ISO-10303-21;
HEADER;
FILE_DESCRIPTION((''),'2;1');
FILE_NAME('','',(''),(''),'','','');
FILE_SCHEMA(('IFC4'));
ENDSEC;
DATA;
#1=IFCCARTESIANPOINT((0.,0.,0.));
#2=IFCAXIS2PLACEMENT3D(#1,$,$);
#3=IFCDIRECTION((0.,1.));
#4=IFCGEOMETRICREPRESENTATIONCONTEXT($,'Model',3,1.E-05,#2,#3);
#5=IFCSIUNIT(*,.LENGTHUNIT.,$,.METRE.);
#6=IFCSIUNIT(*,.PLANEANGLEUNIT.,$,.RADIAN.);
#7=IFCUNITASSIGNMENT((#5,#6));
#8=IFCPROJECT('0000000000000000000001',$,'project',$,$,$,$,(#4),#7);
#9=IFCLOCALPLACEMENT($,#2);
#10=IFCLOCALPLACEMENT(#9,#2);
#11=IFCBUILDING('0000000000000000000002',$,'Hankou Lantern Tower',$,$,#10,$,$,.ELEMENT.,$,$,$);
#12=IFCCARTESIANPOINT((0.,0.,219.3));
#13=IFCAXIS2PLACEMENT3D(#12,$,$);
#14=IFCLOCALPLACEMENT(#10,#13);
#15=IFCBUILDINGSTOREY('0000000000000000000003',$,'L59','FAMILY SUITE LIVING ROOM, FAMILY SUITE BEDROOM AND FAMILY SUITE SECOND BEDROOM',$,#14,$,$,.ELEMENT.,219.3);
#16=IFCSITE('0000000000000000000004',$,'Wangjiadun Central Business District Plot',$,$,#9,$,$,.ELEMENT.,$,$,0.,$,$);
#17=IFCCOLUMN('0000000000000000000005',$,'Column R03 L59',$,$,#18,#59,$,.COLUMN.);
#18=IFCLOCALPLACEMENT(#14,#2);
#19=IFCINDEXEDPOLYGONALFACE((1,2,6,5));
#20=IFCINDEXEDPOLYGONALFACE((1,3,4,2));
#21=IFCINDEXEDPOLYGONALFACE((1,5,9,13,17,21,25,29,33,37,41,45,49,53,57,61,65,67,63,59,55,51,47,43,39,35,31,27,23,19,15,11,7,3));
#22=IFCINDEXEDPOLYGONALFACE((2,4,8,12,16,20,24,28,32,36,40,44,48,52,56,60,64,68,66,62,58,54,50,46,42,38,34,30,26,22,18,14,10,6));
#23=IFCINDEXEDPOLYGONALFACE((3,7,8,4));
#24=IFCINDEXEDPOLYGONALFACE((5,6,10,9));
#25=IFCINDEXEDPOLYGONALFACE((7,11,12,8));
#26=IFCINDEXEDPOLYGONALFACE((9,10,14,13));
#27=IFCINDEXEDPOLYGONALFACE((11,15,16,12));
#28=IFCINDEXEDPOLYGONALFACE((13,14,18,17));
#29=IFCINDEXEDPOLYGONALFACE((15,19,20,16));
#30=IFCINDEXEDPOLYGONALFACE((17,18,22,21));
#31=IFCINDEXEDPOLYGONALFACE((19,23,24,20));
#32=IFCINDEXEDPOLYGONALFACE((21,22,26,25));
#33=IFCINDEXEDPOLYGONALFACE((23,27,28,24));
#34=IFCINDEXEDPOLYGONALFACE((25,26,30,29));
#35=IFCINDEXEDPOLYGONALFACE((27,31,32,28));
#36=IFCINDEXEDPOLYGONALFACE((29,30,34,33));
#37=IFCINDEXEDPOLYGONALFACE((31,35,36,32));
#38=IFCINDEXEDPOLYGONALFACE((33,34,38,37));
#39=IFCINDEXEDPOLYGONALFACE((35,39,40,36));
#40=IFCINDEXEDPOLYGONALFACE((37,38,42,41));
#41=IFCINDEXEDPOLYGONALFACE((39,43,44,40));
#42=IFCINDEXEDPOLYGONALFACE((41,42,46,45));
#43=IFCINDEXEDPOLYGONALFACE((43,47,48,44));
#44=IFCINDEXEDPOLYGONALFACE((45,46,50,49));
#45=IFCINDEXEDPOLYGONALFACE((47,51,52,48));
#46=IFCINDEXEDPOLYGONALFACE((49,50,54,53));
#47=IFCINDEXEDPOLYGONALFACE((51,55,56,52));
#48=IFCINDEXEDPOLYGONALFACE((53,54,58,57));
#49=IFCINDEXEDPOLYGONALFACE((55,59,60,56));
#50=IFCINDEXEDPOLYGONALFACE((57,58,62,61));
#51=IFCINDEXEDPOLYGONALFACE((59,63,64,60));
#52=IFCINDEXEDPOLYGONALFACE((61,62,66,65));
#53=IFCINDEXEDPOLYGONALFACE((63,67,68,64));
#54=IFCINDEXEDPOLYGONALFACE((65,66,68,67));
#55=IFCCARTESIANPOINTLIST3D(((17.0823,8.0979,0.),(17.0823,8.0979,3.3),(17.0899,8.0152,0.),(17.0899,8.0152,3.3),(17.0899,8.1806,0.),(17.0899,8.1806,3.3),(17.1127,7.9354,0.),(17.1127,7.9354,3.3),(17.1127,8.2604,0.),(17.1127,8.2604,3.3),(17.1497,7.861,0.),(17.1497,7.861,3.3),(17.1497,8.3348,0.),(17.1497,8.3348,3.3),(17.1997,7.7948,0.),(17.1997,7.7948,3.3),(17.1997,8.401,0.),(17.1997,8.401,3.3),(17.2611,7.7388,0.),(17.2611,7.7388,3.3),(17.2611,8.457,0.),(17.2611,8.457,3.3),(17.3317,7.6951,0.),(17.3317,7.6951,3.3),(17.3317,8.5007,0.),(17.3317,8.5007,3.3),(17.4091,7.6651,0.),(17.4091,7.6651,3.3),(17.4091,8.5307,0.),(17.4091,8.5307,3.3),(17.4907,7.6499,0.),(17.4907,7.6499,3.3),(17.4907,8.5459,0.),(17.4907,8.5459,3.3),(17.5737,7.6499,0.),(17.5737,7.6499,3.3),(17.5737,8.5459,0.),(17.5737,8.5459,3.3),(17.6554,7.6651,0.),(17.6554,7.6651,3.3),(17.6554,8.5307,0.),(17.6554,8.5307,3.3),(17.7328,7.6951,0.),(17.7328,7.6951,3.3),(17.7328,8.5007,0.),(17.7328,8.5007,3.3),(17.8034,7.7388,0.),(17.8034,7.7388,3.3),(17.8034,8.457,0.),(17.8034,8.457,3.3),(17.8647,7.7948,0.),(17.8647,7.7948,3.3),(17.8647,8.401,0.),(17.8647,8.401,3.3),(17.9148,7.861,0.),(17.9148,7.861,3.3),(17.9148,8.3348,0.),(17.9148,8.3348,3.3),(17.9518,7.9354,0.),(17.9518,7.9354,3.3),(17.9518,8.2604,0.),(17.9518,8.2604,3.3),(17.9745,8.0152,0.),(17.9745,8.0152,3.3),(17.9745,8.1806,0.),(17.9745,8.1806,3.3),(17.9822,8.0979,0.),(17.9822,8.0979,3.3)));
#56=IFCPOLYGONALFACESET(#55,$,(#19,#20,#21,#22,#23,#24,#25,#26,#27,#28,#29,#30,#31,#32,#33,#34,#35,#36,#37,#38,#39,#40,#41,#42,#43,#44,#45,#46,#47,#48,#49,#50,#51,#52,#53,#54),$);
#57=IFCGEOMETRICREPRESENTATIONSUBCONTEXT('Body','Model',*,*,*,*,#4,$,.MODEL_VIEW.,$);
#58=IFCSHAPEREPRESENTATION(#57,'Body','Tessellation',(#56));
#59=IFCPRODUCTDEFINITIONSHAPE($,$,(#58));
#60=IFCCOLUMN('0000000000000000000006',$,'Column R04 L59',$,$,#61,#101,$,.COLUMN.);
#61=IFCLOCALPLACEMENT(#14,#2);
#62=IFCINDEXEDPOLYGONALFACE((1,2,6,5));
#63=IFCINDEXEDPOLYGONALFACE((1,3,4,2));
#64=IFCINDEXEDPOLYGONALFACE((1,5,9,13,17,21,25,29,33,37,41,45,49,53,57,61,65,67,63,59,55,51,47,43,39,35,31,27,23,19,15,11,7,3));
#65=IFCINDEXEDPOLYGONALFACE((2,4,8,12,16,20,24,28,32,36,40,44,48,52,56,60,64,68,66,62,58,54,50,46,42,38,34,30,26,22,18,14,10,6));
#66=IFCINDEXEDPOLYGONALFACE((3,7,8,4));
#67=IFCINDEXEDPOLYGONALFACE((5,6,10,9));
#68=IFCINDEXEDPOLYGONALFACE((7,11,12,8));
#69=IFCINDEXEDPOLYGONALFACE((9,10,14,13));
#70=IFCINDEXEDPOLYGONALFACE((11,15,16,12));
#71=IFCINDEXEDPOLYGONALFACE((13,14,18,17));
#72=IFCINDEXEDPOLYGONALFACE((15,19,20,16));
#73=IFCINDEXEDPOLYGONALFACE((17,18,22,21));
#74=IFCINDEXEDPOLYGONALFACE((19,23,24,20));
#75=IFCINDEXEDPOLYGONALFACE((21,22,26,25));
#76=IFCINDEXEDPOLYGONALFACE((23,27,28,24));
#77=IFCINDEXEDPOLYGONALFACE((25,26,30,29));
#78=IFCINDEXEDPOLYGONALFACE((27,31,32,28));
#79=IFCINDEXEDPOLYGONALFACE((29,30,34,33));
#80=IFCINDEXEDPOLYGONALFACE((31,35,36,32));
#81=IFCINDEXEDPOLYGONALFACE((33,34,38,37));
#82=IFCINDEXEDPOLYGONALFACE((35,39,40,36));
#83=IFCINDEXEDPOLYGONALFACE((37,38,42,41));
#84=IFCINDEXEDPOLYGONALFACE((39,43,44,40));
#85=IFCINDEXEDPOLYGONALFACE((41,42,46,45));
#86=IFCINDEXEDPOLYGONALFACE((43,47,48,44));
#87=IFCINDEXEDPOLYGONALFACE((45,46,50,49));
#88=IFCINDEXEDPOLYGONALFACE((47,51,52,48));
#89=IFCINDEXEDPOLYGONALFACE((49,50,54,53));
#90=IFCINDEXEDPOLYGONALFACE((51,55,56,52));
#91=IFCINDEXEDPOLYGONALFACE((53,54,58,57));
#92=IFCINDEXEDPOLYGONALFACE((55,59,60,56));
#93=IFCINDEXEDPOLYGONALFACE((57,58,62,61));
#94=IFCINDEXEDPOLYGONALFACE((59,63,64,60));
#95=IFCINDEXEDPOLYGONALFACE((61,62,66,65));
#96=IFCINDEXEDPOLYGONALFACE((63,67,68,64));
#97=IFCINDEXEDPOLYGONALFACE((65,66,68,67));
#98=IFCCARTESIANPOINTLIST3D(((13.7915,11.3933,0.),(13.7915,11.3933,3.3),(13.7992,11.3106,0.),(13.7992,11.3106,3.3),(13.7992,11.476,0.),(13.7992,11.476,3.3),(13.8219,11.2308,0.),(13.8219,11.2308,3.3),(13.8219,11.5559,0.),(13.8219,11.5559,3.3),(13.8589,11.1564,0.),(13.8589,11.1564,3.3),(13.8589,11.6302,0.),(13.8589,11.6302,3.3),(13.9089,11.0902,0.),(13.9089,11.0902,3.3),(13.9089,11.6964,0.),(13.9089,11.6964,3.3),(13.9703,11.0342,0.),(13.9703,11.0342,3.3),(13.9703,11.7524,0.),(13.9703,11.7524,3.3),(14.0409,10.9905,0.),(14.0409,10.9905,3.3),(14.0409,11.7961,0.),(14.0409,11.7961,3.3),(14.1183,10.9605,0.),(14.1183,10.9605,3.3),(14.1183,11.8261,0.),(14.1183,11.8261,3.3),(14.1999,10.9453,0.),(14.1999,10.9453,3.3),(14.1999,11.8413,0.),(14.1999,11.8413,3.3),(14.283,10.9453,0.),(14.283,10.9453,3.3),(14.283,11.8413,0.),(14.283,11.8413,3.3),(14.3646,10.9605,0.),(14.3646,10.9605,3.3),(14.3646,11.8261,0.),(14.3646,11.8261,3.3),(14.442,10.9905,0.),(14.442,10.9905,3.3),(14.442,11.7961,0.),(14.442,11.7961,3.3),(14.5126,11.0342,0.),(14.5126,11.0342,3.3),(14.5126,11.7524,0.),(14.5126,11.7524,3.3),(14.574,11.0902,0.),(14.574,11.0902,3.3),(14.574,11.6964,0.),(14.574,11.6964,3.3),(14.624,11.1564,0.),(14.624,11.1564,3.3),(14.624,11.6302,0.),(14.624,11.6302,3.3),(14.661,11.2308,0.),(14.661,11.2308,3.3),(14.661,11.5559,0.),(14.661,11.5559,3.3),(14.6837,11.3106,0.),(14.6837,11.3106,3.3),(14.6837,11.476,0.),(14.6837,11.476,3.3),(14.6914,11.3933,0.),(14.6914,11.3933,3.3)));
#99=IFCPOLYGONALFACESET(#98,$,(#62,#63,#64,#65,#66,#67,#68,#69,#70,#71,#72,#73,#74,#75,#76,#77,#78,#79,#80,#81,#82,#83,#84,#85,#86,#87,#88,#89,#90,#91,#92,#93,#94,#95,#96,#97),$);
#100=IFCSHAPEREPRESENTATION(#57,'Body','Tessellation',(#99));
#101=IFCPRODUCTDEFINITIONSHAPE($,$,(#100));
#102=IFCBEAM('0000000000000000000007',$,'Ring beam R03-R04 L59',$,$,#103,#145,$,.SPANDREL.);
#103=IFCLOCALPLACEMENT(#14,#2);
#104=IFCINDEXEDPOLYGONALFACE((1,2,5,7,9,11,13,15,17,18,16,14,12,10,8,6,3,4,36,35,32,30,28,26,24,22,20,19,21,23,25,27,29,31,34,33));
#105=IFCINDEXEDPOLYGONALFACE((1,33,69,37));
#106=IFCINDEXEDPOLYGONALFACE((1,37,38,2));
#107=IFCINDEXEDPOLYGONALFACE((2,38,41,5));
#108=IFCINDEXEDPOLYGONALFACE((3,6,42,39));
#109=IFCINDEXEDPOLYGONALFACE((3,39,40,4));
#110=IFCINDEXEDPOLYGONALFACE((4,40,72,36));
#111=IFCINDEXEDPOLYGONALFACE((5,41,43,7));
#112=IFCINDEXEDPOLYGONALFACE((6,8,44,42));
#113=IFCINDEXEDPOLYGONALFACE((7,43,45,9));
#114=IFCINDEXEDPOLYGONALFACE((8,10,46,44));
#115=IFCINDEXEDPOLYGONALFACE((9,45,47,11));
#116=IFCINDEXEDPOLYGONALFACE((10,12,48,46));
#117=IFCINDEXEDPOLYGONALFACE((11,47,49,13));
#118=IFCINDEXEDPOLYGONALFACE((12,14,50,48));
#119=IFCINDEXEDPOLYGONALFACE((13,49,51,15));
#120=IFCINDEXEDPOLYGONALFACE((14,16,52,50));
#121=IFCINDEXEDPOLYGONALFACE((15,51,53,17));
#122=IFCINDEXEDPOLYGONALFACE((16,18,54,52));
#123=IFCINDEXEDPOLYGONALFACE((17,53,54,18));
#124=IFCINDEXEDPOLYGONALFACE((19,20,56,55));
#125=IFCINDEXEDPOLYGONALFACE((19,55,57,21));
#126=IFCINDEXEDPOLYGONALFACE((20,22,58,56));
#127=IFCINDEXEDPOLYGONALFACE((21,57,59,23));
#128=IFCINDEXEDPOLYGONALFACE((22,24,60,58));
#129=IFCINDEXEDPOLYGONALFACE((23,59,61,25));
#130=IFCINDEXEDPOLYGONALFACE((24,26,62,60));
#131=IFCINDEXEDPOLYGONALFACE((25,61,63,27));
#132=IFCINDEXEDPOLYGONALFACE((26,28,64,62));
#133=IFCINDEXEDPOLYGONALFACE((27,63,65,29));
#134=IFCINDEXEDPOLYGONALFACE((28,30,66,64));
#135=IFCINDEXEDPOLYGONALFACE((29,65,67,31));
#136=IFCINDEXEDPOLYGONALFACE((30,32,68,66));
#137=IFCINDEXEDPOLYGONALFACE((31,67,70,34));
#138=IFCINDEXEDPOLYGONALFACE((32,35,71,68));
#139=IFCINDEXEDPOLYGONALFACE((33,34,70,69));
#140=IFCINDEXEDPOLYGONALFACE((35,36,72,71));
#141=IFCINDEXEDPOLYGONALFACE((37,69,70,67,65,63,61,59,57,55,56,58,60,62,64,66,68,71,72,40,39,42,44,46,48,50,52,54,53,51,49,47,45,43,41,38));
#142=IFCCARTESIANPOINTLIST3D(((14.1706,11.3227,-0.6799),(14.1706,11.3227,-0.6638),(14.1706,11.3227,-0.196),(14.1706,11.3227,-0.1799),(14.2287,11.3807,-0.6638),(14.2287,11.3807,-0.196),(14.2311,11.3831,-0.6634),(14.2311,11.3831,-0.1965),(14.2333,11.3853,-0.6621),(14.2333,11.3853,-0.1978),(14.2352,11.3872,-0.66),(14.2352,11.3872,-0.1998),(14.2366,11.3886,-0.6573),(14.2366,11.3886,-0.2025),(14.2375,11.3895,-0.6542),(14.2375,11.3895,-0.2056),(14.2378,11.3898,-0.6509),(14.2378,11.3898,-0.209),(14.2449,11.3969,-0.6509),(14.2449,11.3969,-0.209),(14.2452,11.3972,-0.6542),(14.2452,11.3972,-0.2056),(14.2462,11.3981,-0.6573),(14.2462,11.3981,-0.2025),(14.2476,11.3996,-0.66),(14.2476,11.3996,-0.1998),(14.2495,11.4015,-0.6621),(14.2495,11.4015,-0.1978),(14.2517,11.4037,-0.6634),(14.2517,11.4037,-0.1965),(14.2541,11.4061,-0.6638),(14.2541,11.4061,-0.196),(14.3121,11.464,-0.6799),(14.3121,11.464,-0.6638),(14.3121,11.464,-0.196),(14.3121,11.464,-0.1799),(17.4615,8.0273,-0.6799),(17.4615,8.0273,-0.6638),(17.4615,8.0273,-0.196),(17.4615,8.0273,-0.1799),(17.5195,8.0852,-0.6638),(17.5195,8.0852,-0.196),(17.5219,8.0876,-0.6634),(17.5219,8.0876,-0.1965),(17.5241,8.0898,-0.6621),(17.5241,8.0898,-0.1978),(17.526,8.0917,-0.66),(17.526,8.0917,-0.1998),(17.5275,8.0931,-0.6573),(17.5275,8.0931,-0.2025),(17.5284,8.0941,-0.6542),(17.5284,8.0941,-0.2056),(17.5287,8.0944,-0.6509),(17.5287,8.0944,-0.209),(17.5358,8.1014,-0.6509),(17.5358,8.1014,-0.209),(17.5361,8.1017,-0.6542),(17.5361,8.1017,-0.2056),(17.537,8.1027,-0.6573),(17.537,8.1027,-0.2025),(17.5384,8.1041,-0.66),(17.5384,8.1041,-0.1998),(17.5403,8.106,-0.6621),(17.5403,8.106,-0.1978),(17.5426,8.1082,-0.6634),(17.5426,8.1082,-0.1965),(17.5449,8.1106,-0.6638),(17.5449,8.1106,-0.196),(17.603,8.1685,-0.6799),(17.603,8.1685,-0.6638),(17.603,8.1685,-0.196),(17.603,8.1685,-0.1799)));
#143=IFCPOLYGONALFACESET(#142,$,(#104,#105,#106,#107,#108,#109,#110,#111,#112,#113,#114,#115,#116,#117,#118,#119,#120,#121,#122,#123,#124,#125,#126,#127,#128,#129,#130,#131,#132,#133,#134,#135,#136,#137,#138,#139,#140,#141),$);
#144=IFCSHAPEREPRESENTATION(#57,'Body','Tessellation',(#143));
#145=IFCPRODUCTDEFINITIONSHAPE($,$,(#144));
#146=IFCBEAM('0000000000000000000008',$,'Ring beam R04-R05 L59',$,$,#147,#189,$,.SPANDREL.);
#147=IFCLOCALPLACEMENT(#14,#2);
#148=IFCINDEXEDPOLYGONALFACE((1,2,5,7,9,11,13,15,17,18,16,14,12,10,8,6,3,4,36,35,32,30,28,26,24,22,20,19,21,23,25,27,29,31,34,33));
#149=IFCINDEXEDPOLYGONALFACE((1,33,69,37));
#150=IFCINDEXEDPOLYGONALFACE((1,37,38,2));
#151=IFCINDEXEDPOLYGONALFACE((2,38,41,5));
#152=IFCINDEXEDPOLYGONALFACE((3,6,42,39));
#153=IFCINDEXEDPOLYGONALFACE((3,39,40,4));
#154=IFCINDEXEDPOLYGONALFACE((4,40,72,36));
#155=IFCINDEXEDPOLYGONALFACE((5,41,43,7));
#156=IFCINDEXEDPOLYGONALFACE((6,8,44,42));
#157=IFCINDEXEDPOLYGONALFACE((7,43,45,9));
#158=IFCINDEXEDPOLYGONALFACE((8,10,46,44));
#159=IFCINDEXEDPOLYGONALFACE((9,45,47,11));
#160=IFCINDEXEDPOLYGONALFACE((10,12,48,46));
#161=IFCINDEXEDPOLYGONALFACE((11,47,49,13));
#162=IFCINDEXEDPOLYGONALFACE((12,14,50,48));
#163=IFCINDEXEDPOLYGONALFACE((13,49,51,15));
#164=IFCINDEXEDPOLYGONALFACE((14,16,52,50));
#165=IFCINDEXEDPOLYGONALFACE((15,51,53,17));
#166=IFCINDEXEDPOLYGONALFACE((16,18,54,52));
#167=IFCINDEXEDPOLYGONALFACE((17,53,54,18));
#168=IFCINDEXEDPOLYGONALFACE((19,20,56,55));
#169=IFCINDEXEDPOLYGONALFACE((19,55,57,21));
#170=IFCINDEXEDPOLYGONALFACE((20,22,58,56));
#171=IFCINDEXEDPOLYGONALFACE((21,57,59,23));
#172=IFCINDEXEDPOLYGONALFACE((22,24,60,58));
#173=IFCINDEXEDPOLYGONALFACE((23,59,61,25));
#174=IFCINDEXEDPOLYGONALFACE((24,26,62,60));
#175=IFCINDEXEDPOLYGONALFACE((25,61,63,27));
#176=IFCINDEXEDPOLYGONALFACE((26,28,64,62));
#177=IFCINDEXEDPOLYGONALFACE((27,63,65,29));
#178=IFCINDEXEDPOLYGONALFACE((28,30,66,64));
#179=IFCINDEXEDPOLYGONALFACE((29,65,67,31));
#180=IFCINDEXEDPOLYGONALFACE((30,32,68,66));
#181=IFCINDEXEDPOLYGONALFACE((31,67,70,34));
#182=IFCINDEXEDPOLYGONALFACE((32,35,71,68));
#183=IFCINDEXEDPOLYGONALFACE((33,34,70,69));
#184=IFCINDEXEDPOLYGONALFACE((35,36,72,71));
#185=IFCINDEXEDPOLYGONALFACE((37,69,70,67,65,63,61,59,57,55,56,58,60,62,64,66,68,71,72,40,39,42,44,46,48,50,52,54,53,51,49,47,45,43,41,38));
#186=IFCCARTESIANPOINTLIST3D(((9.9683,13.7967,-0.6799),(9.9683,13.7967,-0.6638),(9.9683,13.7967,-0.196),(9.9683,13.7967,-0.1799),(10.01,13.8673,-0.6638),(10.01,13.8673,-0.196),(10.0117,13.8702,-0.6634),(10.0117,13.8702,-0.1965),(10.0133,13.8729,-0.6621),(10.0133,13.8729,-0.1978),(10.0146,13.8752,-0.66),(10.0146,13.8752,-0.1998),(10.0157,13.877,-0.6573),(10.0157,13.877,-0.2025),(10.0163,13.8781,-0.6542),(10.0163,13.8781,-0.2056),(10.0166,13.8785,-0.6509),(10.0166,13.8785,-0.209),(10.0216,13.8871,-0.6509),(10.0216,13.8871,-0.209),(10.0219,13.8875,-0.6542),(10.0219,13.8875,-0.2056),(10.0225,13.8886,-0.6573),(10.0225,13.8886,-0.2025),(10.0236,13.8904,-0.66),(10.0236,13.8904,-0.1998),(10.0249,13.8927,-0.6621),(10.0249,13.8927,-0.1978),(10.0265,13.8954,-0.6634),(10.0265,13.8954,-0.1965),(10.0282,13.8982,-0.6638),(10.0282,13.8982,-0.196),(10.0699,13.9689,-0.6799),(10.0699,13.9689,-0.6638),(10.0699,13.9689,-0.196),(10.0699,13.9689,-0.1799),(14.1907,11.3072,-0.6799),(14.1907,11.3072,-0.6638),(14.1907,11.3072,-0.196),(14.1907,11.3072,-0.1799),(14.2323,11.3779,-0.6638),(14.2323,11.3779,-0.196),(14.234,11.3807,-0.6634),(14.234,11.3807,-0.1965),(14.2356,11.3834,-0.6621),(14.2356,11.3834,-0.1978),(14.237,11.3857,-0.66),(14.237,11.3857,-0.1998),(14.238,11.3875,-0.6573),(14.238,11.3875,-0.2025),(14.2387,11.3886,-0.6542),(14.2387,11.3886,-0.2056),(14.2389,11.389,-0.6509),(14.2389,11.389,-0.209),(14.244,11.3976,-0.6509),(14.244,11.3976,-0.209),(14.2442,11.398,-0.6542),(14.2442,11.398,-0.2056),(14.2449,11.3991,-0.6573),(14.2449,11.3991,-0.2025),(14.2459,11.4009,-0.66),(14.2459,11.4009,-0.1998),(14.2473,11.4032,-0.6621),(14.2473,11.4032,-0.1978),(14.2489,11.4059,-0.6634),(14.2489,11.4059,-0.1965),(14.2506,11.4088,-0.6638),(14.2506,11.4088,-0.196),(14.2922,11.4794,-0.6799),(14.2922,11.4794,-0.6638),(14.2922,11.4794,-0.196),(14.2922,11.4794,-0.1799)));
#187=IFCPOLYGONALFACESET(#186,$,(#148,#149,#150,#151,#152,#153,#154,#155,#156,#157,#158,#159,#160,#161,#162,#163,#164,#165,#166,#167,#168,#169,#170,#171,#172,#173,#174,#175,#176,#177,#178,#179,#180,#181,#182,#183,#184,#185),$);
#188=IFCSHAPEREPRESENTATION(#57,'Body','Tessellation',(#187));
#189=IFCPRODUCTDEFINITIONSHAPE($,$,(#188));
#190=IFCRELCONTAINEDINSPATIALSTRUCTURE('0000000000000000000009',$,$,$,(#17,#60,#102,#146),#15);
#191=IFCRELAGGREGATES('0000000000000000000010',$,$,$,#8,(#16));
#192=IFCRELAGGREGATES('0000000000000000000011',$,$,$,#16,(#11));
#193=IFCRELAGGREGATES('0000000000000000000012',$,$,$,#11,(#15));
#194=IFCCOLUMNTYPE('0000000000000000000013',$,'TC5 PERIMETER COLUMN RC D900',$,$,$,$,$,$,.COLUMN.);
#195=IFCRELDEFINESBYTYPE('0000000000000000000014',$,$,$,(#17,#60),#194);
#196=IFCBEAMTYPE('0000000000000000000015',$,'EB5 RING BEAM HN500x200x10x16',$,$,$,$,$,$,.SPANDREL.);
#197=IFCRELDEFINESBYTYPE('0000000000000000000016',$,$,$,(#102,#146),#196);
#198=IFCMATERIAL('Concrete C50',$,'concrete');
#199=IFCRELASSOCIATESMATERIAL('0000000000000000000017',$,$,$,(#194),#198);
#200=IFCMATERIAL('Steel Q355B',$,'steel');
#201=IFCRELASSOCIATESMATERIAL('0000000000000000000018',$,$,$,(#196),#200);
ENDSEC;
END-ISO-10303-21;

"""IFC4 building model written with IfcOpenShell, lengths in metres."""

from ifc_helpers import new_model, si_unit, direction, frame, origin, origin_2d, place, context, subcontext, project, spatial, circle, i_section, extrude, material, material_profile, profile_set, type_object, element, save


model = new_model("IFC4")

# Units and contexts
model_context = context("Model", 3, precision=1e-05, world=origin(), true_north=direction((0.0, 1.0)))
body_context = subcontext(model_context, "Body", "Model", "MODEL_VIEW")
ifc_project = project(units=[si_unit("LENGTHUNIT", "METRE"), si_unit("PLANEANGLEUNIT", "RADIAN")], contexts=[model_context])

# Site, building, storey
site_placement = place(None, origin())
site = spatial("IfcSite", under=ifc_project, at=site_placement, Name="Wangjiadun Central Business District Plot", CompositionType="ELEMENT", RefElevation=0.0)
building_placement = place(site_placement, origin())
building = spatial("IfcBuilding", under=site, at=building_placement, Name="Hankou Lantern Tower", CompositionType="ELEMENT")
storey_placement = place(building_placement, frame((0.0, 0.0, 219.3)))
storey = spatial("IfcBuildingStorey", under=building, at=storey_placement, Name="L59", Description="FAMILY SUITE LIVING ROOM, FAMILY SUITE BEDROOM AND FAMILY SUITE SECOND BEDROOM", CompositionType="ELEMENT", Elevation=219.3)

# Columns
ifc_material_1 = material(Name="Concrete C50", Category="concrete")
ifc_material_profile_1 = material_profile(ifc_material_1, circle(Radius=0.45, at=origin_2d()), Name="RC D900")
ifc_profile_set_1 = profile_set([ifc_material_profile_1], Name="Concrete C50")
column_type = type_object("IfcColumnType", Name="TC5 PERIMETER COLUMN RC D900", PredefinedType="COLUMN", material=ifc_profile_set_1)
for number, where, z_axis, x_axis, name in (
    (1, (17.5322, 8.0979, 0.0), (0.0, 0.0, 1.0), (1.0, 0.0, 0.0), "Column R03 L59"),
    (2, (14.2415, 11.3933, 0.0), (0.0, 0.0, 1.0), (1.0, 0.0, 0.0), "Column R04 L59"),
):
    element("IfcColumn", number, at=place(storey_placement, frame(where, z_axis=z_axis, x_axis=x_axis)), inside=storey, type_object=column_type, Name=name, PredefinedType="COLUMN", context=body_context, shape_type="SweptSolid", body=[
        extrude(circle(Radius=0.45, at=origin_2d()), origin(), (0.0, 0.0, 1.0), 3.3),
    ])

# Beams
ifc_material_2 = material(Name="Steel Q355B", Category="steel")
ifc_material_profile_2 = material_profile(ifc_material_2, i_section(OverallWidth=0.2, OverallDepth=0.5, WebThickness=0.01, FlangeThickness=0.0161, FilletRadius=0.0129, at=origin_2d()), Name="HN500x200x10x16")
ifc_profile_set_2 = profile_set([ifc_material_profile_2], Name="Steel Q355B")
beam_type_1 = type_object("IfcBeamType", Name="EB5 RING BEAM HN500x200x10x16", PredefinedType="SPANDREL", material=ifc_profile_set_2)
beam_1_placement = place(storey_placement, frame((17.5322, 8.0979, -0.4299), z_axis=(-0.706609, 0.707605, 0.0), x_axis=(-0.707605, -0.706609, 0.0)))
element("IfcBeam", 3, at=beam_1_placement, inside=storey, type_object=beam_type_1, Name="Ring beam R03-R04 L59", PredefinedType="SPANDREL", context=body_context, shape_type="SweptSolid", body=[
    extrude(i_section(OverallWidth=0.2, OverallDepth=0.5, WebThickness=0.01, FlangeThickness=0.0161, FilletRadius=0.0129, at=origin_2d()), origin(), (0.0, 0.0, 1.0), 4.6572),
])
beam_2_placement = place(storey_placement, frame((14.2415, 11.3933, -0.4299), z_axis=(-0.861423, 0.507888, 0.0), x_axis=(-0.507888, -0.861423, 0.0)))
element("IfcBeam", 4, at=beam_2_placement, inside=storey, type_object=beam_type_1, Name="Ring beam R04-R05 L59", PredefinedType="SPANDREL", context=body_context, shape_type="SweptSolid", body=[
    extrude(i_section(OverallWidth=0.2, OverallDepth=0.5, WebThickness=0.01, FlangeThickness=0.0161, FilletRadius=0.0129, at=origin_2d()), origin(), (0.0, 0.0, 1.0), 4.9016),
])

save(model, "model.ifc")
